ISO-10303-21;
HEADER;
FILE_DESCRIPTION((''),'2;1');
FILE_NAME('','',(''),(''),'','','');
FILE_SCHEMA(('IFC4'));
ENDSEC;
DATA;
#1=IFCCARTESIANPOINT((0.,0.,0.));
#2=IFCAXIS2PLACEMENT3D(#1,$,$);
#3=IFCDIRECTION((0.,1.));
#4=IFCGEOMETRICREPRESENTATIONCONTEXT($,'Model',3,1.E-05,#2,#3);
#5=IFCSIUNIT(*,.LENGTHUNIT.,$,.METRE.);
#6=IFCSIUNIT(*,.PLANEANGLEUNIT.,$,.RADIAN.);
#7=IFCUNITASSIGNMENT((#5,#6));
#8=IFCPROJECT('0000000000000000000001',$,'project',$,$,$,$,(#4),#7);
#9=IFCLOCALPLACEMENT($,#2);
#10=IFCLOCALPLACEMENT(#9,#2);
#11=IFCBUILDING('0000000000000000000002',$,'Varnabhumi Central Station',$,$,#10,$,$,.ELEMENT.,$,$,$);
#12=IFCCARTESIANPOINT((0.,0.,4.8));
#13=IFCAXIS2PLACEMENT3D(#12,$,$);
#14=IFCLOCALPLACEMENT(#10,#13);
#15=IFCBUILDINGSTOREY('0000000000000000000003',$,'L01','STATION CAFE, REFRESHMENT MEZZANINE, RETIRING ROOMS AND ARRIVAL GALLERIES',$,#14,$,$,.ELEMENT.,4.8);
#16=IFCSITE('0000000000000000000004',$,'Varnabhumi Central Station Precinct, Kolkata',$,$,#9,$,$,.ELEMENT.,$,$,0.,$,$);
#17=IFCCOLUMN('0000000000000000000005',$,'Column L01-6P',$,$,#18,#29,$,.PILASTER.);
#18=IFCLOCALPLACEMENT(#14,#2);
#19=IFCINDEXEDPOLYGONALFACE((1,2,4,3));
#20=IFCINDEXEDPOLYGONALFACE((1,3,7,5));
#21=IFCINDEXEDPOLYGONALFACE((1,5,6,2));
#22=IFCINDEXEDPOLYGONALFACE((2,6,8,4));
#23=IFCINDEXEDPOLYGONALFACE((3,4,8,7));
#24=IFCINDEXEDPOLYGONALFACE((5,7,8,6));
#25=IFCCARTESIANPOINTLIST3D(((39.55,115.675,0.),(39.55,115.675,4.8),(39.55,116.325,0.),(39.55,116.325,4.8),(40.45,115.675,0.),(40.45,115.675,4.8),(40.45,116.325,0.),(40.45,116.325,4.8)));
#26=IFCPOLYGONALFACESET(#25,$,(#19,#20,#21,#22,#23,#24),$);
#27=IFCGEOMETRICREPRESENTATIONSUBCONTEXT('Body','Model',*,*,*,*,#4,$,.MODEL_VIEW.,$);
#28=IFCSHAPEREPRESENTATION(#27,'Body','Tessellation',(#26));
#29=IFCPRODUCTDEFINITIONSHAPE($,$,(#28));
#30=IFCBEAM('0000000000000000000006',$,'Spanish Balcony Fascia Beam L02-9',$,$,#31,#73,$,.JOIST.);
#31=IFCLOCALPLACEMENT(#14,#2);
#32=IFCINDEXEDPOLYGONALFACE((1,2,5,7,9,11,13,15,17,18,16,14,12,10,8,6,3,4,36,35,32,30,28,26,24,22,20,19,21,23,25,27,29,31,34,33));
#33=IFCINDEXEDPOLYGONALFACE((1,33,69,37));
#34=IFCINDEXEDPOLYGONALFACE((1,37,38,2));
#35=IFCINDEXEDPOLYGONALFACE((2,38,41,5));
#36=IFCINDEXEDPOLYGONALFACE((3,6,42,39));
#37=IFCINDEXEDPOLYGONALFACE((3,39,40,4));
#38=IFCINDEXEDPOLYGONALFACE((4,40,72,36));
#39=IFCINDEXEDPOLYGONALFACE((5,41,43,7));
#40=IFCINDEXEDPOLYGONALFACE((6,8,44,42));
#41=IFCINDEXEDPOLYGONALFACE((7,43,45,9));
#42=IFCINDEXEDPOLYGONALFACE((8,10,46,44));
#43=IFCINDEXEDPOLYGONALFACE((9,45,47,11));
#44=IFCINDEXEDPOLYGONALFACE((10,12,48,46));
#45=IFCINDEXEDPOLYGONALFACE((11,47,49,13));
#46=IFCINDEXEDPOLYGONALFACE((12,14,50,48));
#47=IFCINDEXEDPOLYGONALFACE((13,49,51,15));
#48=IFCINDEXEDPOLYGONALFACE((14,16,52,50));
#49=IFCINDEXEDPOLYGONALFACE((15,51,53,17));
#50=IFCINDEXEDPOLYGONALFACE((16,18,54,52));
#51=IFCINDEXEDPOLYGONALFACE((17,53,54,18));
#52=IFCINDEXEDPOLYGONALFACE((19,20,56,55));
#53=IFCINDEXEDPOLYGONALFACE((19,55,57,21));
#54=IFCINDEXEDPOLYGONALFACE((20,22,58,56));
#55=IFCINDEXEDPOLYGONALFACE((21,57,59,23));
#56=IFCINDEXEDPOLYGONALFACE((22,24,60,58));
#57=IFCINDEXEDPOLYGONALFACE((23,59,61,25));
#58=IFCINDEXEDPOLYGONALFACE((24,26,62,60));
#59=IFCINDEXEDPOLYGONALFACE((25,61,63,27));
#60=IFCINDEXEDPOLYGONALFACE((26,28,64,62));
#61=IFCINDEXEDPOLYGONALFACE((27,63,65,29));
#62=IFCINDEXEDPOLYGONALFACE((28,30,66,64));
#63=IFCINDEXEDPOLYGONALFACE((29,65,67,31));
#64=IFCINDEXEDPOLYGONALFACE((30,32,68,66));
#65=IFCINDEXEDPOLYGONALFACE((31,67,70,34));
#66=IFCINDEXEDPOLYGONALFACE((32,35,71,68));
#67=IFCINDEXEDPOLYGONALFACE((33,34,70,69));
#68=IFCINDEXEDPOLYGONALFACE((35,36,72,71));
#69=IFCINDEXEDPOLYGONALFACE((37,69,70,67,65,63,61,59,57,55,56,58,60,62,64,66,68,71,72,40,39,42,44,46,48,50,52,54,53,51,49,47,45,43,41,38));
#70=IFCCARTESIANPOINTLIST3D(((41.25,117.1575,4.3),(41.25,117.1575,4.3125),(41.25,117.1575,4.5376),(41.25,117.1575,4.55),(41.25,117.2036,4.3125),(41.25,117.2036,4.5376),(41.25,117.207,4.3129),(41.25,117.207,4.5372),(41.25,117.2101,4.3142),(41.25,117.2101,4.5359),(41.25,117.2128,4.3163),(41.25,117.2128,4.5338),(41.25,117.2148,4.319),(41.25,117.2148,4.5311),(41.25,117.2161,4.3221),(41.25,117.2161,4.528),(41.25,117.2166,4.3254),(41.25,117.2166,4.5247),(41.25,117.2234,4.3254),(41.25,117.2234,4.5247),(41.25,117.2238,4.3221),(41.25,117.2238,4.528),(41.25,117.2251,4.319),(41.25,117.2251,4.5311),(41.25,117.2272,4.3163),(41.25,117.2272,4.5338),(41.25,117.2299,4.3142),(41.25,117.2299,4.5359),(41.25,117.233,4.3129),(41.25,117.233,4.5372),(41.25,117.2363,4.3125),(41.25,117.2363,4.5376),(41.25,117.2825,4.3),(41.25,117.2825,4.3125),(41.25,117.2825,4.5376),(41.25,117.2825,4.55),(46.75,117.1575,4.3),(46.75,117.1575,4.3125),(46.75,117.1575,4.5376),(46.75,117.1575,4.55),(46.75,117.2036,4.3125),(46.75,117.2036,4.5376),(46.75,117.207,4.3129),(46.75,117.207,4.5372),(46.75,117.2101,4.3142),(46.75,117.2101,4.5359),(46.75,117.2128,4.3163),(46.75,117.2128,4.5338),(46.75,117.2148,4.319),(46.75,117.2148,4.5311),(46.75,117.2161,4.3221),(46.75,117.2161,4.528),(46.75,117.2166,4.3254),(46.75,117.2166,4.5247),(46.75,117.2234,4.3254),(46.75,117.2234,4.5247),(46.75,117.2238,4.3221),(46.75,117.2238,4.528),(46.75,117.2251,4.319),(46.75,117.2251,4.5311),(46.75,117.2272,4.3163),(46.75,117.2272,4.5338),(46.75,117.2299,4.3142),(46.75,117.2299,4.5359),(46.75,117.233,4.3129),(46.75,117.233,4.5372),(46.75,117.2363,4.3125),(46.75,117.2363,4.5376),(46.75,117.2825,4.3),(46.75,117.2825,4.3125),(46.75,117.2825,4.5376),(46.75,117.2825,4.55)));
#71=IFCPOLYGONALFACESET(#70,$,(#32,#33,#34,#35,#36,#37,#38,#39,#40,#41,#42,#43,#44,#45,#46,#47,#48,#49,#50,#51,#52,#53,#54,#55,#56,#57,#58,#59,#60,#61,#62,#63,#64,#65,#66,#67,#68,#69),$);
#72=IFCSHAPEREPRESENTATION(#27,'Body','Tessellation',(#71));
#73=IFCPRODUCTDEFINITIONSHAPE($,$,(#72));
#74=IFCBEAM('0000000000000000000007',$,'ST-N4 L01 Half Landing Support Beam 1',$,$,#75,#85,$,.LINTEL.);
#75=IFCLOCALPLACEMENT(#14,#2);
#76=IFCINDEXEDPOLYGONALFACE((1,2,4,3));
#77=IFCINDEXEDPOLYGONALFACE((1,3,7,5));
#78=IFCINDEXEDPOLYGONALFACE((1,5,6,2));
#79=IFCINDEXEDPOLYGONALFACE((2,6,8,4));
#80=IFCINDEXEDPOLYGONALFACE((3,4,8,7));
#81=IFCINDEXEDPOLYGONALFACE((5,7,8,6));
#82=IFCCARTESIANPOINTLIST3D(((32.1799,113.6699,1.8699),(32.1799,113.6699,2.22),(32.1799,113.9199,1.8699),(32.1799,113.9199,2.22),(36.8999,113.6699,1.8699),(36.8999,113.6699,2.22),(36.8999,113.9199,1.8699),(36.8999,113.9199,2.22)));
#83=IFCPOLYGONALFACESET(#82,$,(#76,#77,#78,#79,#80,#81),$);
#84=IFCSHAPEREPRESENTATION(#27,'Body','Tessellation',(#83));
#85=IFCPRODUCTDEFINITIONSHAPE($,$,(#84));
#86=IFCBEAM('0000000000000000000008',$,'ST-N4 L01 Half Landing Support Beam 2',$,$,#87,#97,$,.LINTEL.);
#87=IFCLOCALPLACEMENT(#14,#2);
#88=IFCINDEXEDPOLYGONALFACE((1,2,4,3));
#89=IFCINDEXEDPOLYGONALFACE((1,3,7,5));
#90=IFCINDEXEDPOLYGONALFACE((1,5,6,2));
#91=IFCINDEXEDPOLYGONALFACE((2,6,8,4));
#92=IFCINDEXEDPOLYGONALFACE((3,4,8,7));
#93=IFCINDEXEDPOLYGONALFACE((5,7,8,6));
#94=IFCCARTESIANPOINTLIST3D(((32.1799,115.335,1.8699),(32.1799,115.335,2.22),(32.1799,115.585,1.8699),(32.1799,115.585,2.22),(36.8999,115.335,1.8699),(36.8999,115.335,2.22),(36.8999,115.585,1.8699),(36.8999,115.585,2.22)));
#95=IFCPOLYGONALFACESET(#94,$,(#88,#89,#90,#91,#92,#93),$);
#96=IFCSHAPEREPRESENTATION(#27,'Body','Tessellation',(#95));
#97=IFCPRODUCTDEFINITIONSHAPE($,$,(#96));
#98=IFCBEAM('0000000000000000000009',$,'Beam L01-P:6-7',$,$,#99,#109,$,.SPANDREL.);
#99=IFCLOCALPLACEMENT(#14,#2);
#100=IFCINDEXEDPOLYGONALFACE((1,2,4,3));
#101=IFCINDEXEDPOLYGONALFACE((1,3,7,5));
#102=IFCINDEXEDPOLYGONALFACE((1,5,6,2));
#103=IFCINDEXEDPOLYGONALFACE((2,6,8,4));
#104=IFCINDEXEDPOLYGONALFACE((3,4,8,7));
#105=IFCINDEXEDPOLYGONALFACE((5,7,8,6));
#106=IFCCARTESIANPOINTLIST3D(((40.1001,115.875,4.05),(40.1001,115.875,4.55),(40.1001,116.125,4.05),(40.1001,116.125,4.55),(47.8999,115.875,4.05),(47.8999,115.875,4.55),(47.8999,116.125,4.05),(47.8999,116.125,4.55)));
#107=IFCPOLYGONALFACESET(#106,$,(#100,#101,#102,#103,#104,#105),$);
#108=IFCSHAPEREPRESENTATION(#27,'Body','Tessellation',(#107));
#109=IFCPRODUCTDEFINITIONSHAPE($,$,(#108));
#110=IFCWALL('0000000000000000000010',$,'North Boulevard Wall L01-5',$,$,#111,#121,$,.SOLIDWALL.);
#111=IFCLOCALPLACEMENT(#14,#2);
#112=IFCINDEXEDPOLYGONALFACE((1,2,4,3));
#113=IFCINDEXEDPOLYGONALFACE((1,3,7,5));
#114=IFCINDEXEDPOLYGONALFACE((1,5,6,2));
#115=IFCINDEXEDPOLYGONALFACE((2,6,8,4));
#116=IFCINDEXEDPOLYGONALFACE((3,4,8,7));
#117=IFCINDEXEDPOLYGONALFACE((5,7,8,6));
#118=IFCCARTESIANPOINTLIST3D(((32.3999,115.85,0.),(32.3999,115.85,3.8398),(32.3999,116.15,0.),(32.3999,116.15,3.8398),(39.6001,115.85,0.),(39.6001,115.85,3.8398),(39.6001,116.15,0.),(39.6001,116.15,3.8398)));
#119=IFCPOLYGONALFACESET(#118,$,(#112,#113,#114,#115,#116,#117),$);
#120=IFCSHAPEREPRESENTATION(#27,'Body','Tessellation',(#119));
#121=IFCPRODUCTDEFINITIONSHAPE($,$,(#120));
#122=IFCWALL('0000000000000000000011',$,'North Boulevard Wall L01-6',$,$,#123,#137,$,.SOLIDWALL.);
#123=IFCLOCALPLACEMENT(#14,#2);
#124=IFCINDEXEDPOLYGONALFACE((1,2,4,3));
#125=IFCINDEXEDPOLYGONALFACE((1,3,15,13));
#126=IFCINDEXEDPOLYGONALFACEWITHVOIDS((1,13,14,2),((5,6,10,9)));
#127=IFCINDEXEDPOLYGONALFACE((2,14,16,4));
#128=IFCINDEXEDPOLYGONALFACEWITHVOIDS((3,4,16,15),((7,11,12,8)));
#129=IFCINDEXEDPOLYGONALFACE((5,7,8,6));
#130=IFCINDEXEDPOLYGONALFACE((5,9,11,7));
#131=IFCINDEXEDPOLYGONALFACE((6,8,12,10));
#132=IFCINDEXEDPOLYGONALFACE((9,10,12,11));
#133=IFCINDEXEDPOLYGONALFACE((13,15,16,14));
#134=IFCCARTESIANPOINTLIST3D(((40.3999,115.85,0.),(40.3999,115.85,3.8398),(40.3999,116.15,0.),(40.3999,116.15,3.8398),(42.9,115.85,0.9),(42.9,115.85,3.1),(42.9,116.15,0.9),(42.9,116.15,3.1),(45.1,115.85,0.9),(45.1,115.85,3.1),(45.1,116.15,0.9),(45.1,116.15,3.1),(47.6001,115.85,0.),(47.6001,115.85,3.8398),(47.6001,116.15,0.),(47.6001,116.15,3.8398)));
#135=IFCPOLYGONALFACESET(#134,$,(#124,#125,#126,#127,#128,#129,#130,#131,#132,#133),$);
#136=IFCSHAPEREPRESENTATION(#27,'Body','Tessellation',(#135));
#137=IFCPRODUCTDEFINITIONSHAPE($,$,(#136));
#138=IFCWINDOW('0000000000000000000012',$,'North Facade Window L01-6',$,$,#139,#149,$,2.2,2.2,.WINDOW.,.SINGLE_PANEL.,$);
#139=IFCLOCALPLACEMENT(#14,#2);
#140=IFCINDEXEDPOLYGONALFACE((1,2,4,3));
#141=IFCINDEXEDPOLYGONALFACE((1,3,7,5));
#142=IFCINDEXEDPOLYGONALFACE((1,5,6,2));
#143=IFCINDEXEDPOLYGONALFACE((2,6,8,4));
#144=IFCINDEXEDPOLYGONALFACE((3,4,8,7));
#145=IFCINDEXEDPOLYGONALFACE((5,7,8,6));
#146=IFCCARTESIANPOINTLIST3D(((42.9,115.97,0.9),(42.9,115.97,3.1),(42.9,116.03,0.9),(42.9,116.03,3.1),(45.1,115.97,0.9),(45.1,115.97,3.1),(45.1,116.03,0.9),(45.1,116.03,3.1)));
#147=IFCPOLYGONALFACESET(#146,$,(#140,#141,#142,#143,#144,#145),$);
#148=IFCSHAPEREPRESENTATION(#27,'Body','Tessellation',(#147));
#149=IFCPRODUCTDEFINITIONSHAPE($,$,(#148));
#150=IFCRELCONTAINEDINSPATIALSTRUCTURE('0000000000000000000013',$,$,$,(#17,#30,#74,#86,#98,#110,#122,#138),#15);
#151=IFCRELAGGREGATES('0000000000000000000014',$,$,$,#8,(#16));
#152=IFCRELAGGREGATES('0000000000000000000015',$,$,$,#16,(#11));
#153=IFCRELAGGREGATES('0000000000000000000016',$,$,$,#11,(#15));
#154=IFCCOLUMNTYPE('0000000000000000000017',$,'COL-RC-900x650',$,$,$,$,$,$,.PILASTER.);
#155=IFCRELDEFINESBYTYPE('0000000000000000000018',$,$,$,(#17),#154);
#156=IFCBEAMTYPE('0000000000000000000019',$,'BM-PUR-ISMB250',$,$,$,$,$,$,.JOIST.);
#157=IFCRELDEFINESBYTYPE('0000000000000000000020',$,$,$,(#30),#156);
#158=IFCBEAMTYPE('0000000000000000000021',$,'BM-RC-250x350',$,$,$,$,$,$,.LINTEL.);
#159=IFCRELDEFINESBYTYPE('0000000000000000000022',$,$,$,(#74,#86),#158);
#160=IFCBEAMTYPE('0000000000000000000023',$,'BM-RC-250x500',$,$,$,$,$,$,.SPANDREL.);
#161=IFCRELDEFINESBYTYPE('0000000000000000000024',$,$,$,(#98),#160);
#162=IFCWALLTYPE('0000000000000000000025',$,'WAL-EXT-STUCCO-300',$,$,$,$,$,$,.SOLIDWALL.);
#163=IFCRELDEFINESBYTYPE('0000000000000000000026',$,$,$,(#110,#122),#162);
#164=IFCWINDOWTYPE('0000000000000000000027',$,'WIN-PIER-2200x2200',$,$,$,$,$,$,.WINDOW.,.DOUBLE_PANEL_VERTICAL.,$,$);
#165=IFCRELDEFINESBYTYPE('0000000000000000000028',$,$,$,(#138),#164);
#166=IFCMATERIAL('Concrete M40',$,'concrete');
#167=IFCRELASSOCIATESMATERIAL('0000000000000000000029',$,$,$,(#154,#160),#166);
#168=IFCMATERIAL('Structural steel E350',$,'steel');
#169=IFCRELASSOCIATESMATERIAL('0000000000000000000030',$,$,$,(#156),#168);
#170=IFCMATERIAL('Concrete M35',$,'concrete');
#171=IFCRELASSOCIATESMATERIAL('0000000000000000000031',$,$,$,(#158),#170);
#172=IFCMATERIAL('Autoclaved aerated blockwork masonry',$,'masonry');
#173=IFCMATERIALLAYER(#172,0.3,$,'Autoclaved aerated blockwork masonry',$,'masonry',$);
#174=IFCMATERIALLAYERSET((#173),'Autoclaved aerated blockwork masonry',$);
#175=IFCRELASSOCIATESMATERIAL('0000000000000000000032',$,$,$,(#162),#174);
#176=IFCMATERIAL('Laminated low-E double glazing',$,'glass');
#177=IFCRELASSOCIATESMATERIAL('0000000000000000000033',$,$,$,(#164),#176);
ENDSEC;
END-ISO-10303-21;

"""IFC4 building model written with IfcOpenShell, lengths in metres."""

from ifc_helpers import new_model, si_unit, direction, frame, frame_2d, origin, origin_2d, place, context, subcontext, project, spatial, rectangle, i_section, extrude, material, layer, layer_set, material_profile, profile_set, type_object, element, fill, save


model = new_model("IFC4")

# Units and contexts
model_context = context("Model", 3, precision=1e-05, world=origin(), true_north=direction((0.0, 1.0)))
body_context = subcontext(model_context, "Body", "Model", "MODEL_VIEW")
ifc_project = project(units=[si_unit("LENGTHUNIT", "METRE"), si_unit("PLANEANGLEUNIT", "RADIAN")], contexts=[model_context])

# Site, building, storey
site_placement = place(None, origin())
site = spatial("IfcSite", under=ifc_project, at=site_placement, Name="Varnabhumi Central Station Precinct, Kolkata", CompositionType="ELEMENT", RefElevation=0.0)
building_placement = place(site_placement, origin())
building = spatial("IfcBuilding", under=site, at=building_placement, Name="Varnabhumi Central Station", CompositionType="ELEMENT")
storey_placement = place(building_placement, frame((0.0, 0.0, 4.8)))
storey = spatial("IfcBuildingStorey", under=building, at=storey_placement, Name="L01", Description="STATION CAFE, REFRESHMENT MEZZANINE, RETIRING ROOMS AND ARRIVAL GALLERIES", CompositionType="ELEMENT", Elevation=4.8)

# Column
ifc_material_1 = material(Name="Concrete M40", Category="concrete")
ifc_material_profile_1 = material_profile(ifc_material_1, rectangle(XDim=0.8999, YDim=0.6499, at=origin_2d()), Name="Concrete M40", Category="concrete")
ifc_profile_set_1 = profile_set([ifc_material_profile_1], Name="Concrete M40")
column_type = type_object("IfcColumnType", Name="COL-RC-900x650", PredefinedType="PILASTER", material=ifc_profile_set_1)
column_placement = place(storey_placement, frame((40.0, 116.0, 0.0), z_axis=(0.0, 0.0, 1.0), x_axis=(1.0, 0.0, 0.0)))
element("IfcColumn", 1, at=column_placement, inside=storey, type_object=column_type, Name="Column L01-6P", PredefinedType="PILASTER", context=body_context, shape_type="SweptSolid", body=[
    extrude(rectangle(XDim=0.8999, YDim=0.6499, at=origin_2d()), origin(), (0.0, 0.0, 1.0), 4.8),
])

# Beams
ifc_material_2 = material(Name="Structural steel E350", Category="steel")
ifc_material_profile_2 = material_profile(ifc_material_2, i_section(OverallWidth=0.125, OverallDepth=0.25, WebThickness=0.0068, FlangeThickness=0.0125, FilletRadius=0.0129, at=origin_2d()), Name="Structural steel E350", Category="steel")
ifc_profile_set_2 = profile_set([ifc_material_profile_2], Name="Structural steel E350")
beam_type_1 = type_object("IfcBeamType", Name="BM-PUR-ISMB250", PredefinedType="JOIST", material=ifc_profile_set_2)
beam_1_placement = place(storey_placement, frame((41.25, 117.22, 4.425), z_axis=(1.0, 0.0, 0.0), x_axis=(0.0, 1.0, 0.0)))
element("IfcBeam", 2, at=beam_1_placement, inside=storey, type_object=beam_type_1, Name="Spanish Balcony Fascia Beam L02-9", PredefinedType="JOIST", context=body_context, shape_type="SweptSolid", body=[
    extrude(i_section(OverallWidth=0.125, OverallDepth=0.25, WebThickness=0.0068, FlangeThickness=0.0125, FilletRadius=0.0129, at=origin_2d()), origin(), (0.0, 0.0, 1.0), 5.5),
])
ifc_material_3 = material(Name="Concrete M35", Category="concrete")
ifc_material_profile_3 = material_profile(ifc_material_3, rectangle(XDim=0.25, YDim=0.3501, at=origin_2d()), Name="Concrete M35", Category="concrete")
ifc_profile_set_3 = profile_set([ifc_material_profile_3], Name="Concrete M35")
beam_type_2 = type_object("IfcBeamType", Name="BM-RC-250x350", PredefinedType="LINTEL", material=ifc_profile_set_3)
for number, where, z_axis, x_axis, name in (
    (3, (32.1799, 113.7949, 2.0449), (1.0, 0.0, 0.0), (0.0, 1.0, 0.0), "ST-N4 L01 Half Landing Support Beam 1"),
    (4, (32.1799, 115.46, 2.0449), (1.0, 0.0, 0.0), (0.0, 1.0, 0.0), "ST-N4 L01 Half Landing Support Beam 2"),
):
    element("IfcBeam", number, at=place(storey_placement, frame(where, z_axis=z_axis, x_axis=x_axis)), inside=storey, type_object=beam_type_2, Name=name, PredefinedType="LINTEL", context=body_context, shape_type="SweptSolid", body=[
        extrude(rectangle(XDim=0.25, YDim=0.3501, at=origin_2d()), origin(), (0.0, 0.0, 1.0), 4.72),
    ])
ifc_material_profile_4 = material_profile(ifc_material_1, rectangle(XDim=0.25, YDim=0.5, at=origin_2d()), Name="Concrete M40", Category="concrete")
ifc_profile_set_4 = profile_set([ifc_material_profile_4], Name="Concrete M40")
beam_type_3 = type_object("IfcBeamType", Name="BM-RC-250x500", PredefinedType="SPANDREL", material=ifc_profile_set_4)
beam_2_placement = place(storey_placement, frame((40.1001, 116.0, 4.3), z_axis=(1.0, 0.0, 0.0), x_axis=(0.0, 1.0, 0.0)))
element("IfcBeam", 5, at=beam_2_placement, inside=storey, type_object=beam_type_3, Name="Beam L01-P:6-7", PredefinedType="SPANDREL", context=body_context, shape_type="SweptSolid", body=[
    extrude(rectangle(XDim=0.25, YDim=0.5, at=origin_2d()), origin(), (0.0, 0.0, 1.0), 7.7998),
])

# Wall
ifc_material_4 = material(Name="Autoclaved aerated blockwork masonry", Category="masonry")
ifc_layer_1 = layer(ifc_material_4, 0.3, Name="Autoclaved aerated blockwork masonry", Category="masonry")
ifc_layer_set_1 = layer_set([ifc_layer_1], Name="Autoclaved aerated blockwork masonry")
wall_type_1 = type_object("IfcWallType", Name="WAL-EXT-STUCCO-300", PredefinedType="SOLIDWALL", material=ifc_layer_set_1)
wall_1_placement = place(storey_placement, frame((32.3999, 116.0, 0.0), z_axis=(0.0, 0.0, 1.0), x_axis=(1.0, 0.0, 0.0)))
element("IfcWall", 6, at=wall_1_placement, inside=storey, type_object=wall_type_1, Name="North Boulevard Wall L01-5", PredefinedType="SOLIDWALL", context=body_context, shape_type="SweptSolid", body=[
    extrude(rectangle(XDim=7.2002, YDim=0.3, at=frame_2d((3.6001, 0.0))), origin(), (0.0, 0.0, 1.0), 3.8398),
])

# Wall, opening, window
wall_2_placement = place(storey_placement, frame((40.3999, 116.0, 0.0), z_axis=(0.0, 0.0, 1.0), x_axis=(1.0, 0.0, 0.0)))
wall_2 = element("IfcWall", 7, at=wall_2_placement, inside=storey, type_object=wall_type_1, Name="North Boulevard Wall L01-6", PredefinedType="SOLIDWALL", context=body_context, shape_type="SweptSolid", body=[
    extrude(rectangle(XDim=7.2002, YDim=0.3, at=frame_2d((3.6001, 0.0))), origin(), (0.0, 0.0, 1.0), 3.8398),
])
opening_1_placement = place(wall_2_placement, frame((2.5, 0.0, 0.8999)))
opening_1 = element("IfcOpeningElement", 8, at=opening_1_placement, cuts=wall_2, PredefinedType="OPENING", context=body_context, shape_type="SweptSolid", body=[
    extrude(rectangle(XDim=2.2, YDim=2.2, at=frame_2d((1.1001, 1.1001))), frame((0.0, 0.1599, 0.0), z_axis=(0.0, -1.0, 0.0), x_axis=(1.0, 0.0, 0.0)), (0.0, 0.0, 1.0), 0.3201),
])
ifc_material_5 = material(Name="Laminated low-E double glazing", Category="glass")
window_type = type_object("IfcWindowType", Name="WIN-PIER-2200x2200", PartitioningType="DOUBLE_PANEL_VERTICAL", PredefinedType="WINDOW", material=ifc_material_5)
window_placement = place(opening_1_placement, origin())
window = element("IfcWindow", 9, at=window_placement, inside=storey, type_object=window_type, Name="North Facade Window L01-6", OverallHeight=2.2, OverallWidth=2.2, PartitioningType="SINGLE_PANEL", PredefinedType="WINDOW", context=body_context, shape_type="SweptSolid", body=[
    extrude(rectangle(XDim=2.2, YDim=2.2, at=frame_2d((1.1001, 1.1001))), frame((0.0, 0.03, 0.0), z_axis=(0.0, -1.0, 0.0), x_axis=(1.0, 0.0, 0.0)), (0.0, 0.0, 1.0), 0.0601),
])
fill(opening_1, window)

save(model, "model.ifc")
